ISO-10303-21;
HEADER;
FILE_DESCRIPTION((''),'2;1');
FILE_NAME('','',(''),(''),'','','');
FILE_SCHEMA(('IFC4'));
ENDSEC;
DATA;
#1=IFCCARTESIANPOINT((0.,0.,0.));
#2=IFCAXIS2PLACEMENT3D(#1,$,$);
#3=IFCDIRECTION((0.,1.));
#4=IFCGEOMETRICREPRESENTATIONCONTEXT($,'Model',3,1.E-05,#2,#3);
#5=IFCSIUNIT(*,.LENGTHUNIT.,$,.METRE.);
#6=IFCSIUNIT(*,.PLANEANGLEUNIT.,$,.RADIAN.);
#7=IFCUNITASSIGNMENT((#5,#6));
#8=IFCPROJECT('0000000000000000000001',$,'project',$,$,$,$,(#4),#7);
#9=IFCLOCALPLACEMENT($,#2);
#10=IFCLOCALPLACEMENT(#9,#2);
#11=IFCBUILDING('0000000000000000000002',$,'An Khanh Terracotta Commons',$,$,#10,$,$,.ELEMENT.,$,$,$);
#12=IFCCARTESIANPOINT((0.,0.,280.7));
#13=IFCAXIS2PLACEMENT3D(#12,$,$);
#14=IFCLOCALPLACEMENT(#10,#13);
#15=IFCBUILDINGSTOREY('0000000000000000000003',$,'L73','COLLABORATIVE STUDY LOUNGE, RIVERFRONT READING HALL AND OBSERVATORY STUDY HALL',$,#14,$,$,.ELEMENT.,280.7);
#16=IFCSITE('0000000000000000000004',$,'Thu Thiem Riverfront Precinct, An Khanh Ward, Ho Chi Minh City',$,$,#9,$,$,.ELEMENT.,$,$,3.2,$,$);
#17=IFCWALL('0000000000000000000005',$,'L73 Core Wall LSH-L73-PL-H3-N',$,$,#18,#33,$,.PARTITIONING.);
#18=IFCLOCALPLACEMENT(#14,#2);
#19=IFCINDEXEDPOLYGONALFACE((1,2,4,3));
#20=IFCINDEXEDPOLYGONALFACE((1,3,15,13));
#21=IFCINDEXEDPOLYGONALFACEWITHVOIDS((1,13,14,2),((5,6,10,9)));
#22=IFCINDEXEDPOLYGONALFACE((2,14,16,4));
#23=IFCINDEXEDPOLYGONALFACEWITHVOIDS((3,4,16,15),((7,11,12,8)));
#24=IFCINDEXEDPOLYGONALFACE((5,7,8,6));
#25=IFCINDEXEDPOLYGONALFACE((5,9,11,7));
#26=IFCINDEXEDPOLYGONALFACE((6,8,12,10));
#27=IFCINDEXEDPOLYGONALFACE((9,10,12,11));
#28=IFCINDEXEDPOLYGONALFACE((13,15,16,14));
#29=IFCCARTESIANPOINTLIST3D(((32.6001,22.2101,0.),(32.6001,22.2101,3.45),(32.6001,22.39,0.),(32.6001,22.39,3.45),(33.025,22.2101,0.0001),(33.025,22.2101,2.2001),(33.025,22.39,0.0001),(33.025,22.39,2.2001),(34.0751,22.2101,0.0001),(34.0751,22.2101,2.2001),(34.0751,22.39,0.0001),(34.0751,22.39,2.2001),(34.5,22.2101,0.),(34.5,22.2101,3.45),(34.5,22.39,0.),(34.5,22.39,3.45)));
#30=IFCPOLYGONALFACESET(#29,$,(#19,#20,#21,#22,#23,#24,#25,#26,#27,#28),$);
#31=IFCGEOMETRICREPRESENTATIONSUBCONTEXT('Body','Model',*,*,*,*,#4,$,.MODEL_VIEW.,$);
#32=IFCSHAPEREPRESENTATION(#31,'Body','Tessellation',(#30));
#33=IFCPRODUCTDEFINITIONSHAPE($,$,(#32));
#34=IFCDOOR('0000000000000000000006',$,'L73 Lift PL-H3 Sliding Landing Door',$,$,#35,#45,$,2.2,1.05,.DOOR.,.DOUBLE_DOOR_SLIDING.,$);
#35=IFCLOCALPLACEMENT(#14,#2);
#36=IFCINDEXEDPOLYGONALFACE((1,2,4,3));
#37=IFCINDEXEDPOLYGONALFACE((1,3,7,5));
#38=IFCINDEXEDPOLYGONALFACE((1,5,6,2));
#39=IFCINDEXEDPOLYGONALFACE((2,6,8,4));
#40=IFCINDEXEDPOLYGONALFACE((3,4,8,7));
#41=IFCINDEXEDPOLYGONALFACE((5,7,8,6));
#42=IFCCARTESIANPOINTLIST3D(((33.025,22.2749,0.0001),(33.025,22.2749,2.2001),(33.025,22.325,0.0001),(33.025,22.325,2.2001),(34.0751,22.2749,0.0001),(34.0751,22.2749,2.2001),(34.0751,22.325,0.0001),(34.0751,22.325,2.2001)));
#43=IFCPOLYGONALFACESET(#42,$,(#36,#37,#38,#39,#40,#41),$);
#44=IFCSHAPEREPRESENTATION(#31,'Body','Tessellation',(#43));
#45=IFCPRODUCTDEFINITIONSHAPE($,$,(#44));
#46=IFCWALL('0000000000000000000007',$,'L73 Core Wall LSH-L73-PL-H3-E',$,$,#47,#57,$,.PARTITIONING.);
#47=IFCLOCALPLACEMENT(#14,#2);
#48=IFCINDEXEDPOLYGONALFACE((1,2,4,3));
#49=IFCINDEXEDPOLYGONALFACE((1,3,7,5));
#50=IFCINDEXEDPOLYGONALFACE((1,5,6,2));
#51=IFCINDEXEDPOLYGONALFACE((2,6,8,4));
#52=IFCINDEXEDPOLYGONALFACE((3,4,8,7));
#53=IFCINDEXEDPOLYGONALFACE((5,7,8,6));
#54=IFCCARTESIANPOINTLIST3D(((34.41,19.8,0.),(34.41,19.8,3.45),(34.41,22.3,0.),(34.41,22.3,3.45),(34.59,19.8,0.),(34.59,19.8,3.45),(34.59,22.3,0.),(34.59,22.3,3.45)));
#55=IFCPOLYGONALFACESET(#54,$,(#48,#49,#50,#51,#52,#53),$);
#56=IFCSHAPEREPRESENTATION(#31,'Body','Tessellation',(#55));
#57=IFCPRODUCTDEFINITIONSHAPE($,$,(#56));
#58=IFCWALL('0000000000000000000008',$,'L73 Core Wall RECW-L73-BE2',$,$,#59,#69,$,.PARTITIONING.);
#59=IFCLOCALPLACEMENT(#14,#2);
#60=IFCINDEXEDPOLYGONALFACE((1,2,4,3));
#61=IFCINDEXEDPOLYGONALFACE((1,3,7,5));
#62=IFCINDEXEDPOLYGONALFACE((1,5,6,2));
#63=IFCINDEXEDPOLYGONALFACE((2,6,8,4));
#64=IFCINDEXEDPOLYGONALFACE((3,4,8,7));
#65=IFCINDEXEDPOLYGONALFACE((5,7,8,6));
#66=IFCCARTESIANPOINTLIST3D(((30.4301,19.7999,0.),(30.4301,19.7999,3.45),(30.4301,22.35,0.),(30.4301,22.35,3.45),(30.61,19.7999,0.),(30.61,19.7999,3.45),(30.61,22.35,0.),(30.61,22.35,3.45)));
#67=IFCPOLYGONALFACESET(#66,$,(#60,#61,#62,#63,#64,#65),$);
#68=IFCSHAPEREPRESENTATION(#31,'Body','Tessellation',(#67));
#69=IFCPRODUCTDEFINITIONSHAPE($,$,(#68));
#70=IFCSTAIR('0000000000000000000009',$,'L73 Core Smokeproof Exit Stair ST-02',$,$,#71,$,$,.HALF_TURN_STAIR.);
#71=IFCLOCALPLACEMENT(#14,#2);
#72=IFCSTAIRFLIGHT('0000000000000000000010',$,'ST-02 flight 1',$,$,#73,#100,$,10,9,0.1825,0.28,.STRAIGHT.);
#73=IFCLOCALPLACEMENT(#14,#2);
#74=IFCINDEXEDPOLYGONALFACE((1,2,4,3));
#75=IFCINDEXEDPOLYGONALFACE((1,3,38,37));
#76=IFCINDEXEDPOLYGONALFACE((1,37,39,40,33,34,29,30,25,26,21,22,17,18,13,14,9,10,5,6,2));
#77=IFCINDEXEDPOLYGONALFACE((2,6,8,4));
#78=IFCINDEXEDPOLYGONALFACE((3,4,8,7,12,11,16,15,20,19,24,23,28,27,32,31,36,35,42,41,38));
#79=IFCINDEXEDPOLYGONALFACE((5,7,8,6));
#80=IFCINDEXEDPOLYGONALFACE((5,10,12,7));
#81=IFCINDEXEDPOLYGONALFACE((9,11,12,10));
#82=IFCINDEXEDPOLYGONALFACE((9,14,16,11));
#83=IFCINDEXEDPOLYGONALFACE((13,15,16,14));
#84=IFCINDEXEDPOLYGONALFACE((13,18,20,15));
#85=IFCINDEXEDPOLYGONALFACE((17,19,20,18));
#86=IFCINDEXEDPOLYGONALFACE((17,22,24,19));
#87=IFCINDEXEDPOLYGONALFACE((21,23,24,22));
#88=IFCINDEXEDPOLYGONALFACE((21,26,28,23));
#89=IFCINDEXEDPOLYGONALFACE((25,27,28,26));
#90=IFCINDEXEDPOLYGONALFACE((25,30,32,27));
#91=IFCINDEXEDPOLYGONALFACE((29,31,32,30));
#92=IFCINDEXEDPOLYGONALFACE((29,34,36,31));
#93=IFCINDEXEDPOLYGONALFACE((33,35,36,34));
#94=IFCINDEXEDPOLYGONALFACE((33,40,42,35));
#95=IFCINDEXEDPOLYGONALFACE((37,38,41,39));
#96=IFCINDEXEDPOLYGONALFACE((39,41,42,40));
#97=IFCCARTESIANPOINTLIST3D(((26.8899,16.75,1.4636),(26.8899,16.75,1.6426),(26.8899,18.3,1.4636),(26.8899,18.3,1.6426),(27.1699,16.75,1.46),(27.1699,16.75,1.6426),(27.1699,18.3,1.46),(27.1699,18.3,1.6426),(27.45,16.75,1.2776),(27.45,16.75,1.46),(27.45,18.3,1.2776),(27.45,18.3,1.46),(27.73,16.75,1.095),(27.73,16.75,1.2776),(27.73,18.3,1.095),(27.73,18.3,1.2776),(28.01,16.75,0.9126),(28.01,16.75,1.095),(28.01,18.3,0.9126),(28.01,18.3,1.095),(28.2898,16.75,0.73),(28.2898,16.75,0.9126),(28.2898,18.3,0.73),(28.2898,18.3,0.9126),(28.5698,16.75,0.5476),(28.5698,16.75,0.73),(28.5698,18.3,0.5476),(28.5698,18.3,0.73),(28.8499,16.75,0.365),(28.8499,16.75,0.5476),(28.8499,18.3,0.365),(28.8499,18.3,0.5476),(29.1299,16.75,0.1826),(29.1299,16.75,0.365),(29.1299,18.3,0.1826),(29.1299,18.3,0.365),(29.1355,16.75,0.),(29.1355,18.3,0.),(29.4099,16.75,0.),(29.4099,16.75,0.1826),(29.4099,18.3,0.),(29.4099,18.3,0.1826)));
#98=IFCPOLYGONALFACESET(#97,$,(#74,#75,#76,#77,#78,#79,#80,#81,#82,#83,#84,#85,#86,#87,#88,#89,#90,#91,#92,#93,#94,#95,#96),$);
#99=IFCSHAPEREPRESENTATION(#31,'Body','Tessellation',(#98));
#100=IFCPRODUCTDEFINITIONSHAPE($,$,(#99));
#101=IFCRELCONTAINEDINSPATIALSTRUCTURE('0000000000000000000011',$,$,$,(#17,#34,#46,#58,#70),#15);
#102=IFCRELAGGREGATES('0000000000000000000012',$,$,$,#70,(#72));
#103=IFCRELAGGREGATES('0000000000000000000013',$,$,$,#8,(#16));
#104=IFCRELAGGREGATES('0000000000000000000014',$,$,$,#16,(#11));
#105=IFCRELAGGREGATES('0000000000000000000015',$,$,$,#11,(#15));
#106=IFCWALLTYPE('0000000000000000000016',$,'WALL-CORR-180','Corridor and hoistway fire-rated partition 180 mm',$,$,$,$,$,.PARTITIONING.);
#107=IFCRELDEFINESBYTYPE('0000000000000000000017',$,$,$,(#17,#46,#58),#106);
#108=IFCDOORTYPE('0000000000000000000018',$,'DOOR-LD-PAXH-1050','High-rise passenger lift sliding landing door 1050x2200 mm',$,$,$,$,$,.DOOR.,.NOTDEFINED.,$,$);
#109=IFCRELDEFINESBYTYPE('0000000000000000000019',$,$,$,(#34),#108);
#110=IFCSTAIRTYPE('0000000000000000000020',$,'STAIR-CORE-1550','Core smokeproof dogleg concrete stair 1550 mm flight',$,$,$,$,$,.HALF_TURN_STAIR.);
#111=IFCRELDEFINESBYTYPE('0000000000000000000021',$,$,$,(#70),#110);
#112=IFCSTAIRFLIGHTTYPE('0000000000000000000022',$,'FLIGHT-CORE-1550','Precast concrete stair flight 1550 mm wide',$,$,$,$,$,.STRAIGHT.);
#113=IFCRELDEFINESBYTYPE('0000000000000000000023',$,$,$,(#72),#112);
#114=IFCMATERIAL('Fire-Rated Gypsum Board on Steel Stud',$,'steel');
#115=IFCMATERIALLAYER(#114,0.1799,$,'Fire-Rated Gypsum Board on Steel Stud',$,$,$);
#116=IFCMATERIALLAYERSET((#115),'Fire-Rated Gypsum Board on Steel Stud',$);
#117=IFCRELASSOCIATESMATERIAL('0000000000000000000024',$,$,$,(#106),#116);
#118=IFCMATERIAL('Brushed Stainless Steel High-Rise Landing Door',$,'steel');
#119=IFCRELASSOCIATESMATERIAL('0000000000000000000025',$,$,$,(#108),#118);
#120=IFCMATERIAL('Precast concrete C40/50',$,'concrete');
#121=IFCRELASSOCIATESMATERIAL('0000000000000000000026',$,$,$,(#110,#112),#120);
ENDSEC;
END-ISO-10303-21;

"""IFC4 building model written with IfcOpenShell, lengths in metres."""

from ifc_helpers import new_model, si_unit, direction, frame, frame_2d, origin, place, context, subcontext, project, spatial, polyline, rectangle, outline, extrude, material, layer, layer_set, type_object, element, fill, aggregate, save


model = new_model("IFC4")

# Units and contexts
model_context = context("Model", 3, precision=1e-05, world=origin(), true_north=direction((0.0, 1.0)))
body_context = subcontext(model_context, "Body", "Model", "MODEL_VIEW")
ifc_project = project(units=[si_unit("LENGTHUNIT", "METRE"), si_unit("PLANEANGLEUNIT", "RADIAN")], contexts=[model_context])

# Site, building, storey
site_placement = place(None, origin())
site = spatial("IfcSite", under=ifc_project, at=site_placement, Name="Thu Thiem Riverfront Precinct, An Khanh Ward, Ho Chi Minh City", CompositionType="ELEMENT", RefElevation=3.2)
building_placement = place(site_placement, origin())
building = spatial("IfcBuilding", under=site, at=building_placement, Name="An Khanh Terracotta Commons", CompositionType="ELEMENT")
storey_placement = place(building_placement, frame((0.0, 0.0, 280.7)))
storey = spatial("IfcBuildingStorey", under=building, at=storey_placement, Name="L73", Description="COLLABORATIVE STUDY LOUNGE, RIVERFRONT READING HALL AND OBSERVATORY STUDY HALL", CompositionType="ELEMENT", Elevation=280.7)

# Shared definitions
ifc_material_1 = material(Name="Fire-Rated Gypsum Board on Steel Stud", Category="steel")
ifc_layer_1 = layer(ifc_material_1, 0.1799, Name="Fire-Rated Gypsum Board on Steel Stud")
ifc_layer_set_1 = layer_set([ifc_layer_1], Name="Fire-Rated Gypsum Board on Steel Stud")
wall_type_1 = type_object("IfcWallType", Name="WALL-CORR-180", Description="Corridor and hoistway fire-rated partition 180 mm", PredefinedType="PARTITIONING", material=ifc_layer_set_1)

# Shared definitions
ifc_material_2 = material(Name="Brushed Stainless Steel High-Rise Landing Door", Category="steel")
door_type_1 = type_object("IfcDoorType", Name="DOOR-LD-PAXH-1050", Description="High-rise passenger lift sliding landing door 1050x2200 mm", OperationType="NOTDEFINED", PredefinedType="DOOR", material=ifc_material_2)

# Wall, opening, door
wall_1_placement = place(storey_placement, frame((32.6001, 22.3, 0.0), z_axis=(0.0, 0.0, 1.0), x_axis=(1.0, 0.0, 0.0)))
wall_1 = element("IfcWall", 1, at=wall_1_placement, inside=storey, type_object=wall_type_1, Name="L73 Core Wall LSH-L73-PL-H3-N", PredefinedType="PARTITIONING", context=body_context, shape_type="SweptSolid", body=[
    extrude(rectangle(XDim=1.8999, YDim=0.1799, at=frame_2d((0.95, 0.0))), origin(), (0.0, 0.0, 1.0), 3.45),
])
opening_1_placement = place(wall_1_placement, frame((0.425, 0.0, 0.0)))
opening_1 = element("IfcOpeningElement", 2, at=opening_1_placement, cuts=wall_1, PredefinedType="OPENING", context=body_context, shape_type="SweptSolid", body=[
    extrude(rectangle(XDim=1.05, YDim=2.2, at=frame_2d((0.5249, 1.1001))), frame((0.0, 0.0999, 0.0), z_axis=(0.0, -1.0, 0.0), x_axis=(1.0, 0.0, 0.0)), (0.0, 0.0, 1.0), 0.2),
])
door_1_placement = place(opening_1_placement, origin())
door_1 = element("IfcDoor", 3, at=door_1_placement, inside=storey, type_object=door_type_1, Name="L73 Lift PL-H3 Sliding Landing Door", OperationType="DOUBLE_DOOR_SLIDING", OverallHeight=2.2, OverallWidth=1.05, PredefinedType="DOOR", context=body_context, shape_type="SweptSolid", body=[
    extrude(rectangle(XDim=1.05, YDim=2.2, at=frame_2d((0.5249, 1.1001))), frame((0.0, 0.0249, 0.0), z_axis=(0.0, -1.0, 0.0), x_axis=(1.0, 0.0, 0.0)), (0.0, 0.0, 1.0), 0.05),
])
fill(opening_1, door_1)

# Walls
wall_2_placement = place(storey_placement, frame((34.5, 19.8, 0.0), z_axis=(0.0, 0.0, 1.0), x_axis=(0.0, 1.0, 0.0)))
element("IfcWall", 4, at=wall_2_placement, inside=storey, type_object=wall_type_1, Name="L73 Core Wall LSH-L73-PL-H3-E", PredefinedType="PARTITIONING", context=body_context, shape_type="SweptSolid", body=[
    extrude(rectangle(XDim=2.5, YDim=0.1799, at=frame_2d((1.25, 0.0))), origin(), (0.0, 0.0, 1.0), 3.45),
])
wall_3_placement = place(storey_placement, frame((30.52, 19.8, 0.0), z_axis=(0.0, 0.0, 1.0), x_axis=(0.0, 1.0, 0.0)))
element("IfcWall", 5, at=wall_3_placement, inside=storey, type_object=wall_type_1, Name="L73 Core Wall RECW-L73-BE2", PredefinedType="PARTITIONING", context=body_context, shape_type="SweptSolid", body=[
    extrude(rectangle(XDim=2.55, YDim=0.1799, at=frame_2d((1.2749, 0.0))), origin(), (0.0, 0.0, 1.0), 3.45),
])

# Stair, stair flight
ifc_material_3 = material(Name="Precast concrete C40/50", Category="concrete")
stair_type = type_object("IfcStairType", Name="STAIR-CORE-1550", Description="Core smokeproof dogleg concrete stair 1550 mm flight", PredefinedType="HALF_TURN_STAIR", material=ifc_material_3)
stair_placement = place(storey_placement, origin())
stair = element("IfcStair", 6, at=stair_placement, inside=storey, type_object=stair_type, Name="L73 Core Smokeproof Exit Stair ST-02", PredefinedType="HALF_TURN_STAIR")
stair_flight_type = type_object("IfcStairFlightType", Name="FLIGHT-CORE-1550", Description="Precast concrete stair flight 1550 mm wide", PredefinedType="STRAIGHT", material=ifc_material_3)
stair_flight_placement = place(storey_placement, frame((29.4099, 17.5249, 0.0), z_axis=(0.0, 0.0, 1.0), x_axis=(-1.0, 0.0, 0.0)))
stair_flight = element("IfcStairFlight", 7, at=stair_flight_placement, type_object=stair_flight_type, Name="ST-02 flight 1", NumberOfRisers=10, NumberOfTreads=9, PredefinedType="STRAIGHT", RiserHeight=0.1825, TreadLength=0.28, context=body_context, shape_type="SweptSolid", body=[
    extrude(outline(polyline([(0.0, 0.0), (0.0, 0.1826), (0.28, 0.1826), (0.28, 0.365), (0.5601, 0.365), (0.5601, 0.5476), (0.8401, 0.5476), (0.8401, 0.73), (1.1201, 0.73), (1.1201, 0.9126), (1.3999, 0.9126), (1.3999, 1.095), (1.6799, 1.095), (1.6799, 1.2776), (1.96, 1.2776), (1.96, 1.46), (2.24, 1.46), (2.24, 1.6426), (2.52, 1.6426), (2.52, 1.825), (2.52, 1.4636), (0.2744, 0.0), (0.0, 0.0)])), frame((0.0, 0.7749, 0.0), z_axis=(0.0, -1.0, 0.0), x_axis=(1.0, 0.0, 0.0)), (0.0, 0.0, 1.0), 1.55),
])
aggregate(stair, [stair_flight])

save(model, "model.ifc")
